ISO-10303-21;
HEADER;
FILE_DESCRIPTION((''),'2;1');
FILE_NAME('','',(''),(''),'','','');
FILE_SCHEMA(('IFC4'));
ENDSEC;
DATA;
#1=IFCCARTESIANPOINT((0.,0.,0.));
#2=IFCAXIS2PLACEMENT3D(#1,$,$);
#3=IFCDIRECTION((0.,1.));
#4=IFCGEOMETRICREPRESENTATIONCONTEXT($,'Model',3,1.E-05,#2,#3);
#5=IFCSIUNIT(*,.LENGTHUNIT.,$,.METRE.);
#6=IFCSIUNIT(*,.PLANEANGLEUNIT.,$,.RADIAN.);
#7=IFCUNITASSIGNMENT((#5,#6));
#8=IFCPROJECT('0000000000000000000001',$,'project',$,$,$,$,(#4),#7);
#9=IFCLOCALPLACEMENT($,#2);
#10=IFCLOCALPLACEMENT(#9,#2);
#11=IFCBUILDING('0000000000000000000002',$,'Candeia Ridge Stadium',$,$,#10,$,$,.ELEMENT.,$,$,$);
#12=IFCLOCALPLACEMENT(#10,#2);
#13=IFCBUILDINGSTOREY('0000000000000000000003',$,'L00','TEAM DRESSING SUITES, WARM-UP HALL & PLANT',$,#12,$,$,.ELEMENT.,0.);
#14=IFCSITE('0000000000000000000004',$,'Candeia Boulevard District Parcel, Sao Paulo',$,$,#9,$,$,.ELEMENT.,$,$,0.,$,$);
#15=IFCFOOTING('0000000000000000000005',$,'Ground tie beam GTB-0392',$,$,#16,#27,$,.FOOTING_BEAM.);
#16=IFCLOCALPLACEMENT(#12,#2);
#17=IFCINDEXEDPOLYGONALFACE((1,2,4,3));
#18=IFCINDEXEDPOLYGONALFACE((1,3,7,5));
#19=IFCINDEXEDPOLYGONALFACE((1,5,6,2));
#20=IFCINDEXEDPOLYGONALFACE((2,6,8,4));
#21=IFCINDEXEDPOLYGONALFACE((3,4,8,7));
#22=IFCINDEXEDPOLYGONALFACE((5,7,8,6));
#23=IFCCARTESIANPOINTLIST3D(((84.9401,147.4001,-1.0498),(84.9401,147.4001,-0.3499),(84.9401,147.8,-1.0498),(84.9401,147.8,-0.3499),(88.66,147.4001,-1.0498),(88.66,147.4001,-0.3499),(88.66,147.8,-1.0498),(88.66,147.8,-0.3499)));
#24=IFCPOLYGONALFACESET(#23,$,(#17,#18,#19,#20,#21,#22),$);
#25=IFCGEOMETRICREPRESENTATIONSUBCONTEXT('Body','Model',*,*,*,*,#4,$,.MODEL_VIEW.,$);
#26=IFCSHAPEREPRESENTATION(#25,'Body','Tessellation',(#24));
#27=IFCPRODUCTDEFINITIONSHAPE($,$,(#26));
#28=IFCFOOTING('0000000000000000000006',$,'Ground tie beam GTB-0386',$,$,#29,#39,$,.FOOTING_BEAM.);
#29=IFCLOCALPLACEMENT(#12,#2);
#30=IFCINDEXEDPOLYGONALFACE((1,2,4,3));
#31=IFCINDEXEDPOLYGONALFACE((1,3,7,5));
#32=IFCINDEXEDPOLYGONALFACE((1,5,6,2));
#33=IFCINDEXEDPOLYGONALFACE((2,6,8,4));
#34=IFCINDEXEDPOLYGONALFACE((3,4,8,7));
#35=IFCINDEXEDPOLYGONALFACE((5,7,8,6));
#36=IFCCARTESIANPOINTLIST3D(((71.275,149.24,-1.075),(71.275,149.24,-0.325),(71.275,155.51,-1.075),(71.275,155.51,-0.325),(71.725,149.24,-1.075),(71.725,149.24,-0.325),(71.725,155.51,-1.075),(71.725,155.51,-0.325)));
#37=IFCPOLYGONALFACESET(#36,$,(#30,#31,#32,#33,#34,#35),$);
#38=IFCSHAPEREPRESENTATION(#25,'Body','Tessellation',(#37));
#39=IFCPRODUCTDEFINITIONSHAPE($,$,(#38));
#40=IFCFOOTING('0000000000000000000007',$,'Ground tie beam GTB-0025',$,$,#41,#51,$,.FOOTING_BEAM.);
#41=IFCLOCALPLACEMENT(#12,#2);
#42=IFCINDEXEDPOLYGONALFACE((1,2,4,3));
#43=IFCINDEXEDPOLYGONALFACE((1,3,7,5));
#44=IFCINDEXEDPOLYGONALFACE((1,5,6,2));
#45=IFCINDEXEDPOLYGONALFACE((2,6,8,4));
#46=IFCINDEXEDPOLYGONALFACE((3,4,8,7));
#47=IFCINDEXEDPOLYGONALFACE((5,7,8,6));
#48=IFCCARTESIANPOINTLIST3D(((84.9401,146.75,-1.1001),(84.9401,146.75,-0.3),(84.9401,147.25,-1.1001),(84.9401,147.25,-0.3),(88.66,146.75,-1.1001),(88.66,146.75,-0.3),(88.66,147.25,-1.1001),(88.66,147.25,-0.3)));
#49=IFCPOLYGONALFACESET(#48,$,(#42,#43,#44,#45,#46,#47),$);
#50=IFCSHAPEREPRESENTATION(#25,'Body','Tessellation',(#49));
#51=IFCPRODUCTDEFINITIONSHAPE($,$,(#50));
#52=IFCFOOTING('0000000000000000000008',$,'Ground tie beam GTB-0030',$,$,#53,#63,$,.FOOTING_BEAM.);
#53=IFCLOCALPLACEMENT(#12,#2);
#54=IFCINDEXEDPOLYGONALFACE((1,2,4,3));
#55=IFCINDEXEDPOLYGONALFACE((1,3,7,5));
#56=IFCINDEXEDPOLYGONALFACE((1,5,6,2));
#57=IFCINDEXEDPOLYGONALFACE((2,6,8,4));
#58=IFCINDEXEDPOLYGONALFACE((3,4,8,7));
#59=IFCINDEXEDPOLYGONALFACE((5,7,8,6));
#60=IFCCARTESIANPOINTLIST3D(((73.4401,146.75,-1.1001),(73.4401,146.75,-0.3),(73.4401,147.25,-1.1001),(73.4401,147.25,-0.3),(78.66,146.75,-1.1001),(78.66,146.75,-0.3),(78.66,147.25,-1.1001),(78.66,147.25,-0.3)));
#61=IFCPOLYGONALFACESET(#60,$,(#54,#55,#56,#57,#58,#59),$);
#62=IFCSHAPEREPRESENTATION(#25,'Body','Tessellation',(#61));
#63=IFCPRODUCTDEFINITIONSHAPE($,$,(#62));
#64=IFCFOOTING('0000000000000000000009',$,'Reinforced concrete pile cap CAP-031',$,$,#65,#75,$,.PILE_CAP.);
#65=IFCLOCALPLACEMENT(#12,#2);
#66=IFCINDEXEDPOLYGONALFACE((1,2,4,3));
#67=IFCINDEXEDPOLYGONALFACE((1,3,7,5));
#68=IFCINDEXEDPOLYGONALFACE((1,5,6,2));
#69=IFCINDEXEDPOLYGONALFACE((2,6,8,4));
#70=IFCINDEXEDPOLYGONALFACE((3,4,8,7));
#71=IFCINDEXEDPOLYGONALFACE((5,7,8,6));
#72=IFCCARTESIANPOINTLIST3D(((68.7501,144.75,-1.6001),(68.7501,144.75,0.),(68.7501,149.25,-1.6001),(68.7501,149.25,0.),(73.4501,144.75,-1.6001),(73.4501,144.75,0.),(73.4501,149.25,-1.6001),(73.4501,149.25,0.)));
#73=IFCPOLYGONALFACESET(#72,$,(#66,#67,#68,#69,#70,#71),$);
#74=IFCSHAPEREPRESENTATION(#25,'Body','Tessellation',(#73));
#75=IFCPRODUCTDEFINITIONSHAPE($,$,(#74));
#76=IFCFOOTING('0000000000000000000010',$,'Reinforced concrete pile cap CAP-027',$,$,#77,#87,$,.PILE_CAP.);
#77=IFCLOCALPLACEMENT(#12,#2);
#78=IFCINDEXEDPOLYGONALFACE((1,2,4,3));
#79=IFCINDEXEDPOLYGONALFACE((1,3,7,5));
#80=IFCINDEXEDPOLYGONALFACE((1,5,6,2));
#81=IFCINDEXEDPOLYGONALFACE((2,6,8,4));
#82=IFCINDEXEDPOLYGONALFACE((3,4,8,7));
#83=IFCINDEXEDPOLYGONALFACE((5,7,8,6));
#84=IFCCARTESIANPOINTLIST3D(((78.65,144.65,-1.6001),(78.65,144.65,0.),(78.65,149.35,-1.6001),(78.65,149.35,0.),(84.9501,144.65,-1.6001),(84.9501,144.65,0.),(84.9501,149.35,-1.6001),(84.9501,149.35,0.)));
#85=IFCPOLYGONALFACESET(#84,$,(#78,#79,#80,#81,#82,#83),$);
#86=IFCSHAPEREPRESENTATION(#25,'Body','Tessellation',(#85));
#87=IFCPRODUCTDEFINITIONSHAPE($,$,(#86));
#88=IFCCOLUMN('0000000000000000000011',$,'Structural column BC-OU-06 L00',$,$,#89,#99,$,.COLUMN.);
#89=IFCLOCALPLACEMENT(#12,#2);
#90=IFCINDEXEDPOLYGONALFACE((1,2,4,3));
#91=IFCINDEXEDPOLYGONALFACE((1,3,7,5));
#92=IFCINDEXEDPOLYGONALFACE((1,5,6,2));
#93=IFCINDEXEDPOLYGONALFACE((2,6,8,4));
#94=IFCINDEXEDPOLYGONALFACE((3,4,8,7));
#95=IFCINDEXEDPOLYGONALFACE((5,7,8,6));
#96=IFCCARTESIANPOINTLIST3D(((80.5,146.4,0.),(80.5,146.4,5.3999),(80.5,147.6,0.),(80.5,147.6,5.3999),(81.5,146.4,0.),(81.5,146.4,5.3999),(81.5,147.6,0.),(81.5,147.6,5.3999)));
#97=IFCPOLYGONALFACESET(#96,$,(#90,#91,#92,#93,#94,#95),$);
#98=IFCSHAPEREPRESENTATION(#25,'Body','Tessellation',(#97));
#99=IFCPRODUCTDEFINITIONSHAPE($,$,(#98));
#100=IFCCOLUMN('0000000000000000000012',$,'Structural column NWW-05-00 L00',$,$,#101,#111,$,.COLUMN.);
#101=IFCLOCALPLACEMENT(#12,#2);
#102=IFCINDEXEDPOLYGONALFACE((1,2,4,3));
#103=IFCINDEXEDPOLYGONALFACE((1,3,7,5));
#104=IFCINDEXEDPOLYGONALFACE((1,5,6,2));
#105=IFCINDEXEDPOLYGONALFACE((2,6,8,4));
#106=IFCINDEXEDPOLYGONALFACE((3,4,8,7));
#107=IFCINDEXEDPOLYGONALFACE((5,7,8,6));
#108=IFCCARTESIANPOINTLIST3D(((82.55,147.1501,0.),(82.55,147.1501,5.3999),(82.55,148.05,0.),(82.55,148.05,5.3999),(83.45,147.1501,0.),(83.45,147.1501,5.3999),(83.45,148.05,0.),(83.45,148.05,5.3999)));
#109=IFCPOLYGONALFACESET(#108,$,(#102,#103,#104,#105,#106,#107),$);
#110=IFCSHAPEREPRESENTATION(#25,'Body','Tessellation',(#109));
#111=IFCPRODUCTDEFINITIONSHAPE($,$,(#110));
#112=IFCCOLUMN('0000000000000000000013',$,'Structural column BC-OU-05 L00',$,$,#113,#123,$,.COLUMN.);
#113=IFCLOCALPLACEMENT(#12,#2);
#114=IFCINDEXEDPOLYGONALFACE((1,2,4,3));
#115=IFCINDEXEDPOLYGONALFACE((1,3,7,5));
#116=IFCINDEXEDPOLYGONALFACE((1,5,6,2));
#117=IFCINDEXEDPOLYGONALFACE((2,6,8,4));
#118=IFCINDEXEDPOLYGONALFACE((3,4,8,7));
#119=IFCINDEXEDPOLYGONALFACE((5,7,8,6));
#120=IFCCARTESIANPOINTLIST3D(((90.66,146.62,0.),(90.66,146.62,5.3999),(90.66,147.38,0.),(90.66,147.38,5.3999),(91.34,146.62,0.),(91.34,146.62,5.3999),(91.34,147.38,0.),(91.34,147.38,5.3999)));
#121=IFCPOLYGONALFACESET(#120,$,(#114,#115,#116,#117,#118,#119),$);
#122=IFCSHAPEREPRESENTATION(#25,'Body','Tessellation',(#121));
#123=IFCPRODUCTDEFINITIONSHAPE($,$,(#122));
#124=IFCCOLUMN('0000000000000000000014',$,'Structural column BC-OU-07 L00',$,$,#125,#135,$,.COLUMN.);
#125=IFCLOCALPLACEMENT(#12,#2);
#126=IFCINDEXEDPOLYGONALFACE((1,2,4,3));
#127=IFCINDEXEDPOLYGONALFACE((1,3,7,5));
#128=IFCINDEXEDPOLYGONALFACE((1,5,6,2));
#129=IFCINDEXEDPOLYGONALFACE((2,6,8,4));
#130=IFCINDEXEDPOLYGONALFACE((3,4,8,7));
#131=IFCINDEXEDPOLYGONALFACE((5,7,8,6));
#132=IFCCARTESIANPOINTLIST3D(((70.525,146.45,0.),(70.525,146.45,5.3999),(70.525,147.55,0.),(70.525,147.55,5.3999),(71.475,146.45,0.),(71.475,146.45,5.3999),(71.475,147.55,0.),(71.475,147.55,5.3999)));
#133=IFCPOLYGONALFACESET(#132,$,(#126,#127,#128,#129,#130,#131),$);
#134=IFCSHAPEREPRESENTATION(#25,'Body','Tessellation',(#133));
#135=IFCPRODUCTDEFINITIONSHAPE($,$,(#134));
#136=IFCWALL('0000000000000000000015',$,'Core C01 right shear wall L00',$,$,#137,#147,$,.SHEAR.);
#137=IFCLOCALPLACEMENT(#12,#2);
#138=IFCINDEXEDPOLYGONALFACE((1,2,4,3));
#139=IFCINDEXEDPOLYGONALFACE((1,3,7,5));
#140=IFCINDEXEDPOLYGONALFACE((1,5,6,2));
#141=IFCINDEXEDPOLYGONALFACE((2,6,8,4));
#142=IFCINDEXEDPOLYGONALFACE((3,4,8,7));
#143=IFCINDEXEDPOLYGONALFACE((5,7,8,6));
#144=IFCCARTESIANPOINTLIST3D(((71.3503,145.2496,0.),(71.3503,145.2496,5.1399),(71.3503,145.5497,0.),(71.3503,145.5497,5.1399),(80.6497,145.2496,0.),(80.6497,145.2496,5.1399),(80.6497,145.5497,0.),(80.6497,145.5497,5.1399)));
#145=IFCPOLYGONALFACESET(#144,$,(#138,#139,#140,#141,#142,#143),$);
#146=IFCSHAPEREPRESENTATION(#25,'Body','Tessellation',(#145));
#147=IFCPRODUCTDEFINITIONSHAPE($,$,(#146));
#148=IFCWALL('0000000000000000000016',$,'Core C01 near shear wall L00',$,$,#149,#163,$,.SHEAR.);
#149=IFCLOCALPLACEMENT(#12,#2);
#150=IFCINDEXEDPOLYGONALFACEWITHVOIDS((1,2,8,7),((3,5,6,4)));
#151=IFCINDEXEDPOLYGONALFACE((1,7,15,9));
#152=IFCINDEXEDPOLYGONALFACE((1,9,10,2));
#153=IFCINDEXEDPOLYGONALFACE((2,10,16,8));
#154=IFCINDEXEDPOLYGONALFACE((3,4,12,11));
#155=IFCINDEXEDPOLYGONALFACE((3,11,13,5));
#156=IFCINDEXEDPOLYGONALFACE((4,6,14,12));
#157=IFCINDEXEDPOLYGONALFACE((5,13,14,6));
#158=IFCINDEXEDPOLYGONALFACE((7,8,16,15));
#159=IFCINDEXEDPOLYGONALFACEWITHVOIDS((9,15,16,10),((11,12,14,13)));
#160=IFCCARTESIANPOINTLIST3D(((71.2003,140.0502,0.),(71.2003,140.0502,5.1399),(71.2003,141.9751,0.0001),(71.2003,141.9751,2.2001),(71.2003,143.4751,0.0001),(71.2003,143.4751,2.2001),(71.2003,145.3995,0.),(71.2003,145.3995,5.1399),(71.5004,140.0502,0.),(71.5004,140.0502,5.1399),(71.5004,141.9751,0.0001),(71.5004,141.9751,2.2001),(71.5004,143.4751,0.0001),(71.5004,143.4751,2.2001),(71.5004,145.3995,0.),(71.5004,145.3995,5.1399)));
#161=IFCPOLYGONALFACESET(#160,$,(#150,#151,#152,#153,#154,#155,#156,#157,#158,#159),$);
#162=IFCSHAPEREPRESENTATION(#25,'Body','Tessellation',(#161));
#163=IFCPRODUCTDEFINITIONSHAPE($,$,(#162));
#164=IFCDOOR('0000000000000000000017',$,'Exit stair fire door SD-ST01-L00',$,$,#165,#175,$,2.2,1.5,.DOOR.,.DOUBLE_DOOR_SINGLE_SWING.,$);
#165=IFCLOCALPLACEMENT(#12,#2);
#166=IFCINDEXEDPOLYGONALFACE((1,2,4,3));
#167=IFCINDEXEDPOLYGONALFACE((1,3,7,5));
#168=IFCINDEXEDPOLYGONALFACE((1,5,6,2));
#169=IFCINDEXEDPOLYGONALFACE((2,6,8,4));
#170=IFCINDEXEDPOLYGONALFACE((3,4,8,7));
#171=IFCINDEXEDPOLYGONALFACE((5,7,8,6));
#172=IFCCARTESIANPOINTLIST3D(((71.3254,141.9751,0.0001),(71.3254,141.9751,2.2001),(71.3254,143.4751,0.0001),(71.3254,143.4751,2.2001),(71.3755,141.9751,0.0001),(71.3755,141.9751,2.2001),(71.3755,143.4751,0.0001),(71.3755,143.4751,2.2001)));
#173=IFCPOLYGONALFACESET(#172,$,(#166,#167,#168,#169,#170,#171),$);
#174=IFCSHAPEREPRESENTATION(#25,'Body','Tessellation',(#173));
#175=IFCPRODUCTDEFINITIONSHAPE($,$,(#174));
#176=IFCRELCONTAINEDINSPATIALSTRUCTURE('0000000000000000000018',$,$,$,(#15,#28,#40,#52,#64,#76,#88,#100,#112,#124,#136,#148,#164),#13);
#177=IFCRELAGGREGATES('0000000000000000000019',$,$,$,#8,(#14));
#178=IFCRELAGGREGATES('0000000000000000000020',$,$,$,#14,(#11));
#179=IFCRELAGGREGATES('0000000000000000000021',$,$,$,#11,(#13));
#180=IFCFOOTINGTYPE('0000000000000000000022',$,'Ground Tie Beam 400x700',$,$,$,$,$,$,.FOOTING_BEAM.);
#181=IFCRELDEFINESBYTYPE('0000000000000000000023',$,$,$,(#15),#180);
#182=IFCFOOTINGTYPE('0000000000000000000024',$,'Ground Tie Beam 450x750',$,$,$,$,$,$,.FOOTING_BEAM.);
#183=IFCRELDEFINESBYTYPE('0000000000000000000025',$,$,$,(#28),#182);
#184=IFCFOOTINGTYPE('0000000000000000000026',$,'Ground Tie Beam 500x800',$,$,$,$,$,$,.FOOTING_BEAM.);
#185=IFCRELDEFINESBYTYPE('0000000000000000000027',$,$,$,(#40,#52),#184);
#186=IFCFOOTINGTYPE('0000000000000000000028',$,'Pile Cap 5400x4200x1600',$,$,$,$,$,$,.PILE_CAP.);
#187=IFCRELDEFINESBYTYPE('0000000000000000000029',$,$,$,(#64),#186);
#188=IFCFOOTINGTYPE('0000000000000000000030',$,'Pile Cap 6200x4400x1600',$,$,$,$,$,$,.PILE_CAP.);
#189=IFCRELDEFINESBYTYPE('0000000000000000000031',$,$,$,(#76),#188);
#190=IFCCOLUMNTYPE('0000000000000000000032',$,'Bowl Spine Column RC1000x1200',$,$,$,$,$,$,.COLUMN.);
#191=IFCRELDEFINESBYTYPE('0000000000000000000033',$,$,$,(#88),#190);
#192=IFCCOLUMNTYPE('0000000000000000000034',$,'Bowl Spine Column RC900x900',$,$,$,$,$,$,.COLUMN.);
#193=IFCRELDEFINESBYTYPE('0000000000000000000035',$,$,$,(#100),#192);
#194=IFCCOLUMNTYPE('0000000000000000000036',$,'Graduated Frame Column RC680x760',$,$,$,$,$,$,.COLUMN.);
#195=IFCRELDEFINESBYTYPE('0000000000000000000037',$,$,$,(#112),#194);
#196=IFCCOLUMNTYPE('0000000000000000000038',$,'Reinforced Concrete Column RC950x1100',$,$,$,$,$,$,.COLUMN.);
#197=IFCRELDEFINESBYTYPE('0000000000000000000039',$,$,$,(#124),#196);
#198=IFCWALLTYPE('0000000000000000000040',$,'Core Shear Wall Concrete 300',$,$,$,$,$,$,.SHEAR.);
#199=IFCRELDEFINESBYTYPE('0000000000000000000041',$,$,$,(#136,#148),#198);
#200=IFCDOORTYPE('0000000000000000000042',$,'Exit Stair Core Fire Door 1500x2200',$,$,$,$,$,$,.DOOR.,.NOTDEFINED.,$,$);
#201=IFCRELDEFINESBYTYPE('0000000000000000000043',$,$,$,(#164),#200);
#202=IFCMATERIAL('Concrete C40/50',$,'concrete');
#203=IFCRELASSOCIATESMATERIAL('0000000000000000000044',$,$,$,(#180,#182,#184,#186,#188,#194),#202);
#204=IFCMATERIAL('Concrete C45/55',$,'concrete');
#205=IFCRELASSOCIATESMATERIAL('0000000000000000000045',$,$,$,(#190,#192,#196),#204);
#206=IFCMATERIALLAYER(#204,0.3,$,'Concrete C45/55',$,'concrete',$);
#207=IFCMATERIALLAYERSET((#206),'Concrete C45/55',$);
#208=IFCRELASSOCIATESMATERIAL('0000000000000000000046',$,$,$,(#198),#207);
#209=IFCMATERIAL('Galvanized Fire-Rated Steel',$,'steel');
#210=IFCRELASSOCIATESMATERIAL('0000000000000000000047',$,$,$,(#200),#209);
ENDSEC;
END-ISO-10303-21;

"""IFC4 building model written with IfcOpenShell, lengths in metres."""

from ifc_helpers import new_model, si_unit, direction, frame, frame_2d, origin, origin_2d, place, context, subcontext, project, spatial, rectangle, extrude, material, layer, layer_set, material_profile, profile_set, type_object, element, fill, save


model = new_model("IFC4")

# Units and contexts
model_context = context("Model", 3, precision=1e-05, world=origin(), true_north=direction((0.0, 1.0)))
body_context = subcontext(model_context, "Body", "Model", "MODEL_VIEW")
ifc_project = project(units=[si_unit("LENGTHUNIT", "METRE"), si_unit("PLANEANGLEUNIT", "RADIAN")], contexts=[model_context])

# Site, building, storey
site_placement = place(None, origin())
site = spatial("IfcSite", under=ifc_project, at=site_placement, Name="Candeia Boulevard District Parcel, Sao Paulo", CompositionType="ELEMENT", RefElevation=0.0)
building_placement = place(site_placement, origin())
building = spatial("IfcBuilding", under=site, at=building_placement, Name="Candeia Ridge Stadium", CompositionType="ELEMENT")
storey_placement = place(building_placement, origin())
storey = spatial("IfcBuildingStorey", under=building, at=storey_placement, Name="L00", Description="TEAM DRESSING SUITES, WARM-UP HALL & PLANT", CompositionType="ELEMENT", Elevation=0.0)

# Shared definitions
ifc_material_1 = material(Name="Concrete C40/50", Category="concrete")

# Footings
footing_type_1 = type_object("IfcFootingType", Name="Ground Tie Beam 400x700", PredefinedType="FOOTING_BEAM", material=ifc_material_1)
footing_1_placement = place(storey_placement, frame((86.8, 147.6001, -1.0498), z_axis=(0.0, 0.0, 1.0), x_axis=(1.0, 0.0, 0.0)))
element("IfcFooting", 1, at=footing_1_placement, inside=storey, type_object=footing_type_1, Name="Ground tie beam GTB-0392", PredefinedType="FOOTING_BEAM", context=body_context, shape_type="SweptSolid", body=[
    extrude(rectangle(XDim=3.72, YDim=0.3999, at=origin_2d()), origin(), (0.0, 0.0, 1.0), 0.7),
])
footing_type_2 = type_object("IfcFootingType", Name="Ground Tie Beam 450x750", PredefinedType="FOOTING_BEAM", material=ifc_material_1)
footing_2_placement = place(storey_placement, frame((71.5, 152.375, -1.075), z_axis=(0.0, 0.0, 1.0), x_axis=(0.0, 1.0, 0.0)))
element("IfcFooting", 2, at=footing_2_placement, inside=storey, type_object=footing_type_2, Name="Ground tie beam GTB-0386", PredefinedType="FOOTING_BEAM", context=body_context, shape_type="SweptSolid", body=[
    extrude(rectangle(XDim=6.27, YDim=0.45, at=origin_2d()), origin(), (0.0, 0.0, 1.0), 0.75),
])
footing_type_3 = type_object("IfcFootingType", Name="Ground Tie Beam 500x800", PredefinedType="FOOTING_BEAM", material=ifc_material_1)
footing_3_placement = place(storey_placement, frame((86.8, 147.0, -1.1001), z_axis=(0.0, 0.0, 1.0), x_axis=(-1.0, 0.0, 0.0)))
element("IfcFooting", 3, at=footing_3_placement, inside=storey, type_object=footing_type_3, Name="Ground tie beam GTB-0025", PredefinedType="FOOTING_BEAM", context=body_context, shape_type="SweptSolid", body=[
    extrude(rectangle(XDim=3.72, YDim=0.5, at=origin_2d()), origin(), (0.0, 0.0, 1.0), 0.8),
])
footing_4_placement = place(storey_placement, frame((76.05, 147.0, -1.1001), z_axis=(0.0, 0.0, 1.0), x_axis=(-1.0, 0.0, 0.0)))
element("IfcFooting", 4, at=footing_4_placement, inside=storey, type_object=footing_type_3, Name="Ground tie beam GTB-0030", PredefinedType="FOOTING_BEAM", context=body_context, shape_type="SweptSolid", body=[
    extrude(rectangle(XDim=5.22, YDim=0.5, at=origin_2d()), origin(), (0.0, 0.0, 1.0), 0.8),
])
footing_type_4 = type_object("IfcFootingType", Name="Pile Cap 5400x4200x1600", PredefinedType="PILE_CAP", material=ifc_material_1)
footing_5_placement = place(storey_placement, frame((71.1001, 147.0, -1.6001), z_axis=(0.0, 0.0, 1.0), x_axis=(1.0, 0.0, 0.0)))
element("IfcFooting", 5, at=footing_5_placement, inside=storey, type_object=footing_type_4, Name="Reinforced concrete pile cap CAP-031", PredefinedType="PILE_CAP", context=body_context, shape_type="SweptSolid", body=[
    extrude(rectangle(XDim=4.7, YDim=4.5, at=origin_2d()), origin(), (0.0, 0.0, 1.0), 1.6001),
])
footing_type_5 = type_object("IfcFootingType", Name="Pile Cap 6200x4400x1600", PredefinedType="PILE_CAP", material=ifc_material_1)
footing_6_placement = place(storey_placement, frame((81.8, 147.0, -1.6001), z_axis=(0.0, 0.0, 1.0), x_axis=(1.0, 0.0, 0.0)))
element("IfcFooting", 6, at=footing_6_placement, inside=storey, type_object=footing_type_5, Name="Reinforced concrete pile cap CAP-027", PredefinedType="PILE_CAP", context=body_context, shape_type="SweptSolid", body=[
    extrude(rectangle(XDim=6.3, YDim=4.7, at=origin_2d()), origin(), (0.0, 0.0, 1.0), 1.6001),
])

# Columns
ifc_material_2 = material(Name="Concrete C45/55", Category="concrete")
ifc_material_profile_1 = material_profile(ifc_material_2, rectangle(XDim=1.0, YDim=1.2, at=origin_2d()), Name="RC1000x1200", Category="concrete")
ifc_profile_set_1 = profile_set([ifc_material_profile_1], Name="Concrete C45/55")
column_type_1 = type_object("IfcColumnType", Name="Bowl Spine Column RC1000x1200", PredefinedType="COLUMN", material=ifc_profile_set_1)
column_1_placement = place(storey_placement, frame((81.0, 147.0, 0.0), z_axis=(0.0, 0.0, 1.0), x_axis=(1.0, 0.0, 0.0)))
element("IfcColumn", 7, at=column_1_placement, inside=storey, type_object=column_type_1, Name="Structural column BC-OU-06 L00", PredefinedType="COLUMN", context=body_context, shape_type="SweptSolid", body=[
    extrude(rectangle(XDim=1.0, YDim=1.2, at=origin_2d()), origin(), (0.0, 0.0, 1.0), 5.3999),
])
ifc_material_profile_2 = material_profile(ifc_material_2, rectangle(XDim=0.8999, YDim=0.8999, at=origin_2d()), Name="RC900x900", Category="concrete")
ifc_profile_set_2 = profile_set([ifc_material_profile_2], Name="Concrete C45/55")
column_type_2 = type_object("IfcColumnType", Name="Bowl Spine Column RC900x900", PredefinedType="COLUMN", material=ifc_profile_set_2)
column_2_placement = place(storey_placement, frame((83.0, 147.6001, 0.0), z_axis=(0.0, 0.0, 1.0), x_axis=(1.0, 0.0, 0.0)))
element("IfcColumn", 8, at=column_2_placement, inside=storey, type_object=column_type_2, Name="Structural column NWW-05-00 L00", PredefinedType="COLUMN", context=body_context, shape_type="SweptSolid", body=[
    extrude(rectangle(XDim=0.8999, YDim=0.8999, at=origin_2d()), origin(), (0.0, 0.0, 1.0), 5.3999),
])
ifc_material_profile_3 = material_profile(ifc_material_1, rectangle(XDim=0.6799, YDim=0.76, at=origin_2d()), Name="RC680x760", Category="concrete")
ifc_profile_set_3 = profile_set([ifc_material_profile_3], Name="Concrete C40/50")
column_type_3 = type_object("IfcColumnType", Name="Graduated Frame Column RC680x760", PredefinedType="COLUMN", material=ifc_profile_set_3)
column_3_placement = place(storey_placement, frame((91.0, 147.0, 0.0), z_axis=(0.0, 0.0, 1.0), x_axis=(1.0, 0.0, 0.0)))
element("IfcColumn", 9, at=column_3_placement, inside=storey, type_object=column_type_3, Name="Structural column BC-OU-05 L00", PredefinedType="COLUMN", context=body_context, shape_type="SweptSolid", body=[
    extrude(rectangle(XDim=0.6799, YDim=0.76, at=origin_2d()), origin(), (0.0, 0.0, 1.0), 5.3999),
])
ifc_material_profile_4 = material_profile(ifc_material_2, rectangle(XDim=0.95, YDim=1.1001, at=origin_2d()), Name="RC950x1100", Category="concrete")
ifc_profile_set_4 = profile_set([ifc_material_profile_4], Name="Concrete C45/55")
column_type_4 = type_object("IfcColumnType", Name="Reinforced Concrete Column RC950x1100", PredefinedType="COLUMN", material=ifc_profile_set_4)
column_4_placement = place(storey_placement, frame((71.0, 147.0, 0.0), z_axis=(0.0, 0.0, 1.0), x_axis=(1.0, 0.0, 0.0)))
element("IfcColumn", 10, at=column_4_placement, inside=storey, type_object=column_type_4, Name="Structural column BC-OU-07 L00", PredefinedType="COLUMN", context=body_context, shape_type="SweptSolid", body=[
    extrude(rectangle(XDim=0.95, YDim=1.1001, at=origin_2d()), origin(), (0.0, 0.0, 1.0), 5.3999),
])

# Wall
ifc_layer_1 = layer(ifc_material_2, 0.3, Name="Concrete C45/55", Category="concrete")
ifc_layer_set_1 = layer_set([ifc_layer_1], Name="Concrete C45/55")
wall_type = type_object("IfcWallType", Name="Core Shear Wall Concrete 300", PredefinedType="SHEAR", material=ifc_layer_set_1)
wall_1_placement = place(storey_placement, frame((80.6497, 145.3997, 0.0), z_axis=(0.0, 0.0, 1.0), x_axis=(-1.0, 0.0, 0.0)))
element("IfcWall", 11, at=wall_1_placement, inside=storey, type_object=wall_type, Name="Core C01 right shear wall L00", PredefinedType="SHEAR", context=body_context, shape_type="SweptSolid", body=[
    extrude(rectangle(XDim=9.2993, YDim=0.3, at=frame_2d((4.6497, 0.0))), origin(), (0.0, 0.0, 1.0), 5.1399),
])

# Wall, opening, door
wall_2_placement = place(storey_placement, frame((71.3503, 145.3997, 0.0), z_axis=(0.0, 0.0, 1.0), x_axis=(0.0, -1.0, 0.0)))
wall_2 = element("IfcWall", 12, at=wall_2_placement, inside=storey, type_object=wall_type, Name="Core C01 near shear wall L00", PredefinedType="SHEAR", context=body_context, shape_type="SweptSolid", body=[
    extrude(rectangle(XDim=5.3494, YDim=0.3, at=frame_2d((2.6748, 0.0))), origin(), (0.0, 0.0, 1.0), 5.1399),
])
opening_1_placement = place(wall_2_placement, frame((1.9246, 0.0, 0.0)))
opening_1 = element("IfcOpeningElement", 13, at=opening_1_placement, cuts=wall_2, PredefinedType="OPENING", context=body_context, shape_type="SweptSolid", body=[
    extrude(rectangle(XDim=1.5, YDim=2.2, at=frame_2d((0.75, 1.1001))), frame((0.0, 0.1599, 0.0), z_axis=(0.0, -1.0, 0.0), x_axis=(1.0, 0.0, 0.0)), (0.0, 0.0, 1.0), 0.3201),
])
ifc_material_3 = material(Name="Galvanized Fire-Rated Steel", Category="steel")
door_type = type_object("IfcDoorType", Name="Exit Stair Core Fire Door 1500x2200", OperationType="NOTDEFINED", PredefinedType="DOOR", material=ifc_material_3)
door_1_placement = place(opening_1_placement, frame((1.5, 0.0, 0.0), z_axis=(0.0, 0.0, 1.0), x_axis=(-1.0, 0.0, 0.0)))
door_1 = element("IfcDoor", 14, at=door_1_placement, inside=storey, type_object=door_type, Name="Exit stair fire door SD-ST01-L00", OperationType="DOUBLE_DOOR_SINGLE_SWING", OverallHeight=2.2, OverallWidth=1.5, PredefinedType="DOOR", context=body_context, shape_type="SweptSolid", body=[
    extrude(rectangle(XDim=1.5, YDim=2.2, at=frame_2d((0.75, 1.1001))), frame((0.0, 0.0249, 0.0), z_axis=(0.0, -1.0, 0.0), x_axis=(1.0, 0.0, 0.0)), (0.0, 0.0, 1.0), 0.05),
])
fill(opening_1, door_1)

save(model, "model.ifc")
